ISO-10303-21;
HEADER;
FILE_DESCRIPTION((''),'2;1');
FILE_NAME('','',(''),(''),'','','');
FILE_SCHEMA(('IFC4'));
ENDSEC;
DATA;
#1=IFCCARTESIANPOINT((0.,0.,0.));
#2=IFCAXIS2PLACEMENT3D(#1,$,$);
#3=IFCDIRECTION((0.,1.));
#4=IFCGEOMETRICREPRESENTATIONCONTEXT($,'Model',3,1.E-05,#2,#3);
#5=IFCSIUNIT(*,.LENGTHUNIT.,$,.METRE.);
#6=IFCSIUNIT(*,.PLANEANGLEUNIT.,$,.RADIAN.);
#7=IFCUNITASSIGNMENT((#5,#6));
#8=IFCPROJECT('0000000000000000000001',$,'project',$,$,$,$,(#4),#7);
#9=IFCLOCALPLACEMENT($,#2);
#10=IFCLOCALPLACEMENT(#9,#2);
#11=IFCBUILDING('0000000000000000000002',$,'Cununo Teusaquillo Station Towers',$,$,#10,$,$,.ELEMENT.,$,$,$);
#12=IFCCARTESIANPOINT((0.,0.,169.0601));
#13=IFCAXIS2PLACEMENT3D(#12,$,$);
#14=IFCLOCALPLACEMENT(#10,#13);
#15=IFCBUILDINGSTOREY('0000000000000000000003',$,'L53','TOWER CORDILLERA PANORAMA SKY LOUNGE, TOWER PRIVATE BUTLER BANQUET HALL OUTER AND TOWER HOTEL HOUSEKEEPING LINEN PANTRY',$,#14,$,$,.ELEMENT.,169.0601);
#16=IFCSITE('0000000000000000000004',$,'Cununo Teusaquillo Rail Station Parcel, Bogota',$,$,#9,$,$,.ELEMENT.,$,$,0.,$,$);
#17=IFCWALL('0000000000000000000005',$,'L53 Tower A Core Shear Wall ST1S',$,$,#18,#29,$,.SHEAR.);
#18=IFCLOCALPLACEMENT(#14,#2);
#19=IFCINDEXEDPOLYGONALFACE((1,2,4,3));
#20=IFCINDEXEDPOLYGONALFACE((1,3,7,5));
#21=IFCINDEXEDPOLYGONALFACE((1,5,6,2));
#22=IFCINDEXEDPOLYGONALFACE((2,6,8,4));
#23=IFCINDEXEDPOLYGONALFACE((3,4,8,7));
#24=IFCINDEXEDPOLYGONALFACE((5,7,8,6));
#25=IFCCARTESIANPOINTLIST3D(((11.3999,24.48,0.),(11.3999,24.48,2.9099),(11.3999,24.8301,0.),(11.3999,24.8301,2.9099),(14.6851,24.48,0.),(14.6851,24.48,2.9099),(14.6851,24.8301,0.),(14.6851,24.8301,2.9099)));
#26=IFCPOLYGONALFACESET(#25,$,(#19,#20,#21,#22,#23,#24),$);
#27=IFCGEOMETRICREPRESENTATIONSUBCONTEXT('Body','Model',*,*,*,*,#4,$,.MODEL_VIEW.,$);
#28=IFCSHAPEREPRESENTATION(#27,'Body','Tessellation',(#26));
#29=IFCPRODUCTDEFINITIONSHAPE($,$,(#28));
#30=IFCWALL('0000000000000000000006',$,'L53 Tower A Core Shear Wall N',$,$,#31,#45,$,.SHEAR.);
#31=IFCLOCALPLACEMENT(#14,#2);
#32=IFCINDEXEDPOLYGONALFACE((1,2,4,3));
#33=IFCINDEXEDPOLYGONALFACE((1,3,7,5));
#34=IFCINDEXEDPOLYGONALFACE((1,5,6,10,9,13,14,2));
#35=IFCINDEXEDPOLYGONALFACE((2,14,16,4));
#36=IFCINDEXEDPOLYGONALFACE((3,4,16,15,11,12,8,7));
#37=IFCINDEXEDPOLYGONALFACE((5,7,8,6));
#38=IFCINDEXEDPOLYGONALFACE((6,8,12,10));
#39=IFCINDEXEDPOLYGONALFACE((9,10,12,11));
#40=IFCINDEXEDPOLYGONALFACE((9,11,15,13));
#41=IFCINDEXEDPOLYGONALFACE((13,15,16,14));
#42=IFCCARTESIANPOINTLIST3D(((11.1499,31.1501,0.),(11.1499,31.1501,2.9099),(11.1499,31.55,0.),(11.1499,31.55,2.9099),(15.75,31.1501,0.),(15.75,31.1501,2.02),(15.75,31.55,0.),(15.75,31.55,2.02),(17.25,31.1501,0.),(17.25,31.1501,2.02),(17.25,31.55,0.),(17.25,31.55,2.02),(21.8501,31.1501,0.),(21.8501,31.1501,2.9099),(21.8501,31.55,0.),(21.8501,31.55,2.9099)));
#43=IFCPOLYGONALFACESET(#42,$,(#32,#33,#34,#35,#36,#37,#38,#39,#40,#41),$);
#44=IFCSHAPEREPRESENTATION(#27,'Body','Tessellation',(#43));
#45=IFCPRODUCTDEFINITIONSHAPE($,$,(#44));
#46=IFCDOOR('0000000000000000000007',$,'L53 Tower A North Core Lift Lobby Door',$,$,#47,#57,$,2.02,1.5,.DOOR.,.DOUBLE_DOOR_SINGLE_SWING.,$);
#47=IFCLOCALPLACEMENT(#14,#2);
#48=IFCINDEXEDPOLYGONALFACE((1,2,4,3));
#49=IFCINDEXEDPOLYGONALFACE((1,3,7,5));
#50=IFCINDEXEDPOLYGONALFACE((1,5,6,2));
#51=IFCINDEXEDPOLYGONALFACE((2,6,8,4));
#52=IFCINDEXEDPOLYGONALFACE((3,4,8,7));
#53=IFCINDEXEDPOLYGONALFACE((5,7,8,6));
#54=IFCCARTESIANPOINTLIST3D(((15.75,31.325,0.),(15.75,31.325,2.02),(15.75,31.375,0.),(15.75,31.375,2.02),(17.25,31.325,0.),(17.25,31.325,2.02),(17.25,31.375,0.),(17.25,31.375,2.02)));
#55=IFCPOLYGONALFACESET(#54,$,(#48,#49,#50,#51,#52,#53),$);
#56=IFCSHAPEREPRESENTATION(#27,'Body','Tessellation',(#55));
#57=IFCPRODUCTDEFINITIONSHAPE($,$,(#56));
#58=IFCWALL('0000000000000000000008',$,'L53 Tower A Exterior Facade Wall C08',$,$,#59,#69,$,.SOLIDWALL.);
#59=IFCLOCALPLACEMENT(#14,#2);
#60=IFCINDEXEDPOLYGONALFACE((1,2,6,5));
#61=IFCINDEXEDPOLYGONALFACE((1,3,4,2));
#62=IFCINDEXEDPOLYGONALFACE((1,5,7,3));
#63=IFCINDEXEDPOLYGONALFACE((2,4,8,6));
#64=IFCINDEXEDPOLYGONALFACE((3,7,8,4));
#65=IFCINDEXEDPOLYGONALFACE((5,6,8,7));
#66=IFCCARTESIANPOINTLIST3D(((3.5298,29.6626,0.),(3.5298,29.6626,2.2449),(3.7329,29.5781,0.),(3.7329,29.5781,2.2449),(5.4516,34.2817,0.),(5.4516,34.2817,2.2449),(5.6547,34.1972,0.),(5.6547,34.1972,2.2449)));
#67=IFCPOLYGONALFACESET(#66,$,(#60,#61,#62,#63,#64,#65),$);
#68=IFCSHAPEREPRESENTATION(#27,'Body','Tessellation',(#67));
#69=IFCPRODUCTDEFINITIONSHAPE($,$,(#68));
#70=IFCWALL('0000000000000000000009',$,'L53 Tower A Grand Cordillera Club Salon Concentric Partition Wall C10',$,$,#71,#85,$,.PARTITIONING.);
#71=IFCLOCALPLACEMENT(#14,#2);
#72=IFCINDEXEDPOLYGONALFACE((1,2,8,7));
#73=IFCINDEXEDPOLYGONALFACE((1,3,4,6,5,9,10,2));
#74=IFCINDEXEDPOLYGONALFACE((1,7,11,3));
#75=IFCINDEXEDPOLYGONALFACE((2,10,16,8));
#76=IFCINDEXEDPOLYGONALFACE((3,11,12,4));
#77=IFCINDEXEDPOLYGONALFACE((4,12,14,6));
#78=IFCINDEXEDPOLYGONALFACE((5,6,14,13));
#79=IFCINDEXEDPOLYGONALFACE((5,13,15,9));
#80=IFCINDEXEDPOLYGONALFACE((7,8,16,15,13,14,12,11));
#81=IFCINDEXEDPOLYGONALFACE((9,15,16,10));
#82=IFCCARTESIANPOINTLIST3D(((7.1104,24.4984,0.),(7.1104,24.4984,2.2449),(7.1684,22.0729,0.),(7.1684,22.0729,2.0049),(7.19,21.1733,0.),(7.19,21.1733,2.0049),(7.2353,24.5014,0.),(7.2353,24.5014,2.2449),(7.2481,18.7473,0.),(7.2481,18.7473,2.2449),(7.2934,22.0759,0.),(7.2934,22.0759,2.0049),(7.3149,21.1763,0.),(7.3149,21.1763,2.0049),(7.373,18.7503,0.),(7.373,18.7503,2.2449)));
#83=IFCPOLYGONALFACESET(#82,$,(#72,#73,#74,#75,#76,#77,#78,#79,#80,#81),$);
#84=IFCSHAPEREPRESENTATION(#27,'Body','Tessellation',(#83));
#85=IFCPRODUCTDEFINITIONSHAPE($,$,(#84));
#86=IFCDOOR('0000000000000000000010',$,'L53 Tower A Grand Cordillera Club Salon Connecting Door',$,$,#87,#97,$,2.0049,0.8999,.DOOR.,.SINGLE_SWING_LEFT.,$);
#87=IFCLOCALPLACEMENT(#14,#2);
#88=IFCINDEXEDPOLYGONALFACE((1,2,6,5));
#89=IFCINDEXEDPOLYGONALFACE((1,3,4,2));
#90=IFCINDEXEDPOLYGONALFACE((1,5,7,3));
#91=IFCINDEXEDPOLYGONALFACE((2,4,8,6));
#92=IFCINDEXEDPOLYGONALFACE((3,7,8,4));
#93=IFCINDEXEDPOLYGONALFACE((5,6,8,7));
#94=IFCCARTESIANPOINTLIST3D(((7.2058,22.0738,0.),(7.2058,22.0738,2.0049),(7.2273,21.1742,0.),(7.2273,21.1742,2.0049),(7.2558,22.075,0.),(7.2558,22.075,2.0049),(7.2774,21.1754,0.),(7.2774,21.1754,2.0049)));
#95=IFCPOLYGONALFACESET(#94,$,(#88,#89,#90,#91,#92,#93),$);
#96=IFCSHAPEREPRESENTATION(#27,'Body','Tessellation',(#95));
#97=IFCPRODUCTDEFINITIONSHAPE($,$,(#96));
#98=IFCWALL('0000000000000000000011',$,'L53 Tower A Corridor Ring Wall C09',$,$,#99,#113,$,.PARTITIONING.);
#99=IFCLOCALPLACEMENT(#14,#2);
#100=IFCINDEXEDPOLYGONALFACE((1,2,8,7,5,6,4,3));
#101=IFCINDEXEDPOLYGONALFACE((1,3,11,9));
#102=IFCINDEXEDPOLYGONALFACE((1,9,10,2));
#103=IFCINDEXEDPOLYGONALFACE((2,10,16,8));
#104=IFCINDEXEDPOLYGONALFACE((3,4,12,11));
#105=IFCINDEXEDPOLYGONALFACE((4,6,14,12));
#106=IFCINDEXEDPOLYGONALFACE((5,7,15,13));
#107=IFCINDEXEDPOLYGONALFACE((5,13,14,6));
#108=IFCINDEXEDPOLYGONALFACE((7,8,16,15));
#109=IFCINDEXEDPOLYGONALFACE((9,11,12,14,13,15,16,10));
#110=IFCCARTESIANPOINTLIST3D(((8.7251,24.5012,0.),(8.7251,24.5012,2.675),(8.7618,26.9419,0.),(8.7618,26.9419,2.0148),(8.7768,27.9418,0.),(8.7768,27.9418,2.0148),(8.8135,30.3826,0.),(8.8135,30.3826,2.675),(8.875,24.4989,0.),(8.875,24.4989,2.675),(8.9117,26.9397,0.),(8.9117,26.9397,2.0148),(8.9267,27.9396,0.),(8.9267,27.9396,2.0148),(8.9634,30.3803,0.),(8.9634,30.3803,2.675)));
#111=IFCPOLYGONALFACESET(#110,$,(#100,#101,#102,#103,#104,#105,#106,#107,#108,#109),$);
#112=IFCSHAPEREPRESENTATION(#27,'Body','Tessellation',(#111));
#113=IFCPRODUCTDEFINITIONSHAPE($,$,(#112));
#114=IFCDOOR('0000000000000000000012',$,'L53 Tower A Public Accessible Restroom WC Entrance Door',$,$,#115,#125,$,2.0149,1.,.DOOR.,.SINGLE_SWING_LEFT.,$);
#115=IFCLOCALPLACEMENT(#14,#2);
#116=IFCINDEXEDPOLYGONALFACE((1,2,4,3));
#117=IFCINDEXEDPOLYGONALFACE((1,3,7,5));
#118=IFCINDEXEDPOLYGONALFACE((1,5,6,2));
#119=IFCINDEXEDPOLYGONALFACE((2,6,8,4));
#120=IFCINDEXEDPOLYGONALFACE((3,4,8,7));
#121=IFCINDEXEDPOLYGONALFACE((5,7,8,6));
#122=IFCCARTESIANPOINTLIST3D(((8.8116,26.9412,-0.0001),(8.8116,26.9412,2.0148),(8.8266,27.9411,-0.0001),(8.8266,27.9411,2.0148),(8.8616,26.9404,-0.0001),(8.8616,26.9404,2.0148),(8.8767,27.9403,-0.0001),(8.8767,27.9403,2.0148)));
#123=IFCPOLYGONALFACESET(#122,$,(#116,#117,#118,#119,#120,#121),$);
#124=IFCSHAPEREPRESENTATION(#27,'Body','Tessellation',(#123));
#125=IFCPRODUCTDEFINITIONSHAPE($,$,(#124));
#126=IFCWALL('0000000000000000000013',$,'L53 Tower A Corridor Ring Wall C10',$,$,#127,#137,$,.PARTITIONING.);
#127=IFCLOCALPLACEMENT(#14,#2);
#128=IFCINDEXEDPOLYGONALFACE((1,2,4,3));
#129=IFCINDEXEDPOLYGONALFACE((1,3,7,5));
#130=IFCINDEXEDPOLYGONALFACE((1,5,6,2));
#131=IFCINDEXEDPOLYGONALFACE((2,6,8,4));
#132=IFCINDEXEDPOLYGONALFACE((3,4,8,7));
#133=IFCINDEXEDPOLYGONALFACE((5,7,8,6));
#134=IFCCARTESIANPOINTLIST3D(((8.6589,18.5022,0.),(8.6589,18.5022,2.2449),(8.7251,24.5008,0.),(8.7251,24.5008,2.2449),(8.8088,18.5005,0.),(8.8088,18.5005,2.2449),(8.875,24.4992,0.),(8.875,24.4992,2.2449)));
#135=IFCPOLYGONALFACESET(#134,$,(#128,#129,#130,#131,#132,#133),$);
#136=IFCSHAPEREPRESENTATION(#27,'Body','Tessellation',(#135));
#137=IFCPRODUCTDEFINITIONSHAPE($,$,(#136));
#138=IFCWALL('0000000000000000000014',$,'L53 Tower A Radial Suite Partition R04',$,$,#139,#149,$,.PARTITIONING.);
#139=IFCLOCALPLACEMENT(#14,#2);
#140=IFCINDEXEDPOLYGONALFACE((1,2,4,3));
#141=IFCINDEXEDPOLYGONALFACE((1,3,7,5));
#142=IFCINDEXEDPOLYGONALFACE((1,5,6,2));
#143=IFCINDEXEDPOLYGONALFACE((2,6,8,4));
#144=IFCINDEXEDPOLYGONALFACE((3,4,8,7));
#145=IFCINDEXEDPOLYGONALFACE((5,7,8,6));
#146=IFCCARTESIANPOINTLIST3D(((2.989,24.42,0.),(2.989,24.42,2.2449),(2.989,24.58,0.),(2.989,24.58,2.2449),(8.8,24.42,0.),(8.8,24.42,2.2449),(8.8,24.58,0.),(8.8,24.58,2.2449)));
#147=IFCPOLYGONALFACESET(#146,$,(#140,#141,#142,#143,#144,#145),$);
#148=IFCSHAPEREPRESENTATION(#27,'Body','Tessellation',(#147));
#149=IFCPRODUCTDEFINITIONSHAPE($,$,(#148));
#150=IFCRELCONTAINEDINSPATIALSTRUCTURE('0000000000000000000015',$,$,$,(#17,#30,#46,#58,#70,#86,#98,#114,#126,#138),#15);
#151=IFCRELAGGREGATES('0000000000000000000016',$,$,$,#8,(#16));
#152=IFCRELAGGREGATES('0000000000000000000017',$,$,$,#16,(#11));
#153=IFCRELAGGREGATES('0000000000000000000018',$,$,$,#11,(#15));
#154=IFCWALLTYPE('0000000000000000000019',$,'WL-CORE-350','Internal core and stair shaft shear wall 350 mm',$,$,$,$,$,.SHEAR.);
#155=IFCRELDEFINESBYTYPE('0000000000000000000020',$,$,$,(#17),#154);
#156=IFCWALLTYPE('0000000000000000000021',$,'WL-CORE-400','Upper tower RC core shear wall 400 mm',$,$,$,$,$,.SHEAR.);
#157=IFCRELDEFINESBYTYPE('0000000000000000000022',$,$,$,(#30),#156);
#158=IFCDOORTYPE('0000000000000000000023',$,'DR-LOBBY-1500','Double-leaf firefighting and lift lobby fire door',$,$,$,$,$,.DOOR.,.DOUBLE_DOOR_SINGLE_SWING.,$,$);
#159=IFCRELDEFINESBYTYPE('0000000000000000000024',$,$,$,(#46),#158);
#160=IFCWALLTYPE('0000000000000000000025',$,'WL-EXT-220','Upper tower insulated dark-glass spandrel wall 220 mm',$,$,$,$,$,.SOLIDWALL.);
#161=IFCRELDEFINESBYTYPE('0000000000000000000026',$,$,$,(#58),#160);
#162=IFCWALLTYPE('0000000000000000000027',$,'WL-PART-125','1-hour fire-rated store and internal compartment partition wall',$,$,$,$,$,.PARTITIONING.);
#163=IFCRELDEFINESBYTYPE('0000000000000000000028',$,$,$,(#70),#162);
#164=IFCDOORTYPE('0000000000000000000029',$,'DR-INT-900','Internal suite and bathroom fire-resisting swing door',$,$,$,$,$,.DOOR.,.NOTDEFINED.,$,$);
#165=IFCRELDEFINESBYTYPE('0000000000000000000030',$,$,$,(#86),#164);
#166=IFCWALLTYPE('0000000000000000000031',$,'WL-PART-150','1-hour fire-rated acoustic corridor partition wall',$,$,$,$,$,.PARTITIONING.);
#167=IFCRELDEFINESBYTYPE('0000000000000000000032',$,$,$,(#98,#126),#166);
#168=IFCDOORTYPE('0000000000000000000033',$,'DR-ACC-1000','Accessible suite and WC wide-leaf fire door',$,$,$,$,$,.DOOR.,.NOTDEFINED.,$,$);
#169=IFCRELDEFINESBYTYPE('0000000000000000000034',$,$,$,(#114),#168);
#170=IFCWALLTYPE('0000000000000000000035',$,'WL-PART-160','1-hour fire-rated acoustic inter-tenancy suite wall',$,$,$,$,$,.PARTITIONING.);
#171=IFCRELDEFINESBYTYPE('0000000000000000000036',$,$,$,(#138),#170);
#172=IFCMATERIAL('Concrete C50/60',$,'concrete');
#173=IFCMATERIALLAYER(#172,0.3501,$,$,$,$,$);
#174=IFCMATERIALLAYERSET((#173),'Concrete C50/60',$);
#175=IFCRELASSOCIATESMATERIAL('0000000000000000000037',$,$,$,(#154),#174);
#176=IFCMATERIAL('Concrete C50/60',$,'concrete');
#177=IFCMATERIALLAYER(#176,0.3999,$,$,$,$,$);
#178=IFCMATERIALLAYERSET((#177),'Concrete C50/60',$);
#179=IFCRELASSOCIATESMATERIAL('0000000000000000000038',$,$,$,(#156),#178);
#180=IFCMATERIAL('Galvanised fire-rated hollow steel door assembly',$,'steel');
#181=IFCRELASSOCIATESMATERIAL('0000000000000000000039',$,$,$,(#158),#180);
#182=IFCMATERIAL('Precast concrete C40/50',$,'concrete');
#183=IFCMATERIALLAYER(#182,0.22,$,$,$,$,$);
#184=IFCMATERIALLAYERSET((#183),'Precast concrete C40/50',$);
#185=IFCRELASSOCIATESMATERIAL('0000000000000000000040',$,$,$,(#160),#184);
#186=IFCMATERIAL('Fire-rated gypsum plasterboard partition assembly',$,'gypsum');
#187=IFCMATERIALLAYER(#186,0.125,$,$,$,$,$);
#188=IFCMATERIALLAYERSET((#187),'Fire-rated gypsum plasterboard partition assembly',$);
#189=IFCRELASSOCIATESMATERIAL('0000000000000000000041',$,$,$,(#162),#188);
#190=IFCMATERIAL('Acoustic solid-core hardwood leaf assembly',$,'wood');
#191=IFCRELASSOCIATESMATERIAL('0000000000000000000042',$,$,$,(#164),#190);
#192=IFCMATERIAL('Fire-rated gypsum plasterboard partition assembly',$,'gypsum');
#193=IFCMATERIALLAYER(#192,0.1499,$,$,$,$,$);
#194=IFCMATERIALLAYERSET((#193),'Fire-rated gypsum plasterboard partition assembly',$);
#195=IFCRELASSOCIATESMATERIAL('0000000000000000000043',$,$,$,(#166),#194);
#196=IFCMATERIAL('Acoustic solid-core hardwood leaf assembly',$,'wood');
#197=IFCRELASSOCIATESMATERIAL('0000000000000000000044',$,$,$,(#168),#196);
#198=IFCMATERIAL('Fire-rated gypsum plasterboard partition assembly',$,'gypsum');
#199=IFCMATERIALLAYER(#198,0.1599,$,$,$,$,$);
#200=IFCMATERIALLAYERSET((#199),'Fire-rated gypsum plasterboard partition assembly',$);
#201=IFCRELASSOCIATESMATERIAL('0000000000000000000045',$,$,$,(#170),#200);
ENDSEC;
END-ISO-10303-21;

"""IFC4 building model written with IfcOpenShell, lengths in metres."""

from ifc_helpers import new_model, si_unit, direction, frame, frame_2d, origin, place, context, subcontext, project, spatial, rectangle, extrude, source, transform, mapped, material, layer, layer_set, type_object, element, fill, save


model = new_model("IFC4")

# Units and contexts
model_context = context("Model", 3, precision=1e-05, world=origin(), true_north=direction((0.0, 1.0)))
body_context = subcontext(model_context, "Body", "Model", "MODEL_VIEW")
ifc_project = project(units=[si_unit("LENGTHUNIT", "METRE"), si_unit("PLANEANGLEUNIT", "RADIAN")], contexts=[model_context])

# Site, building, storey
site_placement = place(None, origin())
site = spatial("IfcSite", under=ifc_project, at=site_placement, Name="Cununo Teusaquillo Rail Station Parcel, Bogota", CompositionType="ELEMENT", RefElevation=0.0)
building_placement = place(site_placement, origin())
building = spatial("IfcBuilding", under=site, at=building_placement, Name="Cununo Teusaquillo Station Towers", CompositionType="ELEMENT")
storey_placement = place(building_placement, frame((0.0, 0.0, 169.0601)))
storey = spatial("IfcBuildingStorey", under=building, at=storey_placement, Name="L53", Description="TOWER CORDILLERA PANORAMA SKY LOUNGE, TOWER PRIVATE BUTLER BANQUET HALL OUTER AND TOWER HOTEL HOUSEKEEPING LINEN PANTRY", CompositionType="ELEMENT", Elevation=169.0601)

# Wall
ifc_material_1 = material(Name="Concrete C50/60", Category="concrete")
ifc_layer_1 = layer(ifc_material_1, 0.3501)
ifc_layer_set_1 = layer_set([ifc_layer_1], Name="Concrete C50/60")
wall_type_1 = type_object("IfcWallType", Name="WL-CORE-350", Description="Internal core and stair shaft shear wall 350 mm", PredefinedType="SHEAR", material=ifc_layer_set_1)
wall_1_placement = place(storey_placement, frame((11.3999, 24.655, 0.0), z_axis=(0.0, 0.0, 1.0), x_axis=(1.0, 0.0, 0.0)))
element("IfcWall", 1, at=wall_1_placement, inside=storey, type_object=wall_type_1, Name="L53 Tower A Core Shear Wall ST1S", PredefinedType="SHEAR", context=body_context, shape_type="SweptSolid", body=[
    extrude(rectangle(XDim=3.2852, YDim=0.3501, at=frame_2d((1.6426, 0.0))), origin(), (0.0, 0.0, 1.0), 2.9099),
])

# Wall, opening, door
ifc_material_2 = material(Name="Concrete C50/60", Category="concrete")
ifc_layer_2 = layer(ifc_material_2, 0.3999)
ifc_layer_set_2 = layer_set([ifc_layer_2], Name="Concrete C50/60")
wall_type_2 = type_object("IfcWallType", Name="WL-CORE-400", Description="Upper tower RC core shear wall 400 mm", PredefinedType="SHEAR", material=ifc_layer_set_2)
wall_2_placement = place(storey_placement, frame((11.1499, 31.3501, 0.0), z_axis=(0.0, 0.0, 1.0), x_axis=(1.0, 0.0, 0.0)))
wall_2 = element("IfcWall", 2, at=wall_2_placement, inside=storey, type_object=wall_type_2, Name="L53 Tower A Core Shear Wall N", PredefinedType="SHEAR", context=body_context, shape_type="SweptSolid", body=[
    extrude(rectangle(XDim=10.7002, YDim=0.3999, at=frame_2d((5.3501, 0.0))), origin(), (0.0, 0.0, 1.0), 2.9099),
])
shared_shape_1 = source(origin(), body_context, "Body", "SweptSolid", [
    extrude(rectangle(XDim=1.5, YDim=2.02, at=frame_2d((0.75, 1.01))), frame((0.0, 0.21, 0.0), z_axis=(0.0, -1.0, 0.0), x_axis=(1.0, 0.0, 0.0)), (0.0, 0.0, 1.0), 0.4199),
])
opening_1_placement = place(wall_2_placement, frame((4.6001, 0.0, 0.0)))
opening_1 = element("IfcOpeningElement", 3, at=opening_1_placement, cuts=wall_2, PredefinedType="OPENING", context=body_context, shape_type="MappedRepresentation", body=[
    mapped(shared_shape_1, transform((0.0, 0.0, 0.0), x_axis=(1.0, 0.0, 0.0), y_axis=(0.0, 1.0, 0.0), z_axis=(0.0, 0.0, 1.0), scale=1.0)),
])
ifc_material_3 = material(Name="Galvanised fire-rated hollow steel door assembly", Category="steel")
door_type_1 = type_object("IfcDoorType", Name="DR-LOBBY-1500", Description="Double-leaf firefighting and lift lobby fire door", OperationType="DOUBLE_DOOR_SINGLE_SWING", PredefinedType="DOOR", material=ifc_material_3)
shared_shape_2 = source(origin(), body_context, "Body", "SweptSolid", [
    extrude(rectangle(XDim=1.5, YDim=2.02, at=frame_2d((0.75, 1.01))), frame((0.0, 0.0249, 0.0), z_axis=(0.0, -1.0, 0.0), x_axis=(1.0, 0.0, 0.0)), (0.0, 0.0, 1.0), 0.05),
])
door_1_placement = place(opening_1_placement, origin())
door_1 = element("IfcDoor", 4, at=door_1_placement, inside=storey, type_object=door_type_1, Name="L53 Tower A North Core Lift Lobby Door", OperationType="DOUBLE_DOOR_SINGLE_SWING", OverallHeight=2.02, OverallWidth=1.5, PredefinedType="DOOR", context=body_context, shape_type="MappedRepresentation", body=[
    mapped(shared_shape_2, transform((0.0, 0.0, 0.0), x_axis=(1.0, 0.0, 0.0), y_axis=(0.0, 1.0, 0.0), z_axis=(0.0, 0.0, 1.0), scale=1.0)),
])
fill(opening_1, door_1)

# Wall
ifc_material_4 = material(Name="Precast concrete C40/50", Category="concrete")
ifc_layer_3 = layer(ifc_material_4, 0.22)
ifc_layer_set_3 = layer_set([ifc_layer_3], Name="Precast concrete C40/50")
wall_type_3 = type_object("IfcWallType", Name="WL-EXT-220", Description="Upper tower insulated dark-glass spandrel wall 220 mm", PredefinedType="SOLIDWALL", material=ifc_layer_set_3)
wall_3_placement = place(storey_placement, frame((3.6313, 29.6204, 0.0), z_axis=(0.0, 0.0, 1.0), x_axis=(0.384144, 0.923273, 0.0)))
element("IfcWall", 5, at=wall_3_placement, inside=storey, type_object=wall_type_3, Name="L53 Tower A Exterior Facade Wall C08", PredefinedType="SOLIDWALL", context=body_context, shape_type="SweptSolid", body=[
    extrude(rectangle(XDim=5.0029, YDim=0.22, at=frame_2d((2.5015, 0.0))), origin(), (0.0, 0.0, 1.0), 2.2449),
])

# Walls, openings, doors
ifc_material_5 = material(Name="Fire-rated gypsum plasterboard partition assembly", Category="gypsum")
ifc_layer_4 = layer(ifc_material_5, 0.125)
ifc_layer_set_4 = layer_set([ifc_layer_4], Name="Fire-rated gypsum plasterboard partition assembly")
wall_type_4 = type_object("IfcWallType", Name="WL-PART-125", Description="1-hour fire-rated store and internal compartment partition wall", PredefinedType="PARTITIONING", material=ifc_layer_set_4)
wall_4_placement = place(storey_placement, frame((7.1729, 24.5, 0.0), z_axis=(0.0, 0.0, 1.0), x_axis=(0.023936, -0.999713, 0.0)))
wall_4 = element("IfcWall", 6, at=wall_4_placement, inside=storey, type_object=wall_type_4, Name="L53 Tower A Grand Cordillera Club Salon Concentric Partition Wall C10", PredefinedType="PARTITIONING", context=body_context, shape_type="SweptSolid", body=[
    extrude(rectangle(XDim=5.7527, YDim=0.125, at=frame_2d((2.8765, 0.0))), origin(), (0.0, 0.0, 1.0), 2.2449),
])
shared_shape_3 = source(origin(), body_context, "Body", "SweptSolid", [
    extrude(rectangle(XDim=0.8999, YDim=2.0049, at=frame_2d((0.45, 1.0024))), frame((0.0, 0.0725, 0.0), z_axis=(0.0, -1.0, 0.0), x_axis=(1.0, 0.0, 0.0)), (0.0, 0.0, 1.0), 0.145),
])
opening_2_placement = place(wall_4_placement, frame((2.4263, 0.0, 0.0)))
opening_2 = element("IfcOpeningElement", 7, at=opening_2_placement, cuts=wall_4, PredefinedType="OPENING", context=body_context, shape_type="MappedRepresentation", body=[
    mapped(shared_shape_3, transform((0.0, 0.0, 0.0), x_axis=(1.0, 0.0, 0.0), y_axis=(0.0, 1.0, 0.0), z_axis=(0.0, 0.0, 1.0), scale=1.0)),
])
ifc_material_6 = material(Name="Acoustic solid-core hardwood leaf assembly", Category="wood")
door_type_2 = type_object("IfcDoorType", Name="DR-INT-900", Description="Internal suite and bathroom fire-resisting swing door", OperationType="NOTDEFINED", PredefinedType="DOOR", material=ifc_material_6)
shared_shape_4 = source(origin(), body_context, "Body", "SweptSolid", [
    extrude(rectangle(XDim=0.8999, YDim=2.0049, at=frame_2d((0.45, 1.0024))), frame((0.0, 0.0249, 0.0), z_axis=(0.0, -1.0, 0.0), x_axis=(1.0, 0.0, 0.0)), (0.0, 0.0, 1.0), 0.05),
])
door_2_placement = place(opening_2_placement, origin())
door_2 = element("IfcDoor", 8, at=door_2_placement, inside=storey, type_object=door_type_2, Name="L53 Tower A Grand Cordillera Club Salon Connecting Door", OperationType="SINGLE_SWING_LEFT", OverallHeight=2.0049, OverallWidth=0.8999, PredefinedType="DOOR", context=body_context, shape_type="MappedRepresentation", body=[
    mapped(shared_shape_4, transform((0.0, 0.0, 0.0), x_axis=(1.0, 0.0, 0.0), y_axis=(0.0, 1.0, 0.0), z_axis=(0.0, 0.0, 1.0), scale=1.0)),
])
fill(opening_2, door_2)
ifc_material_7 = material(Name="Fire-rated gypsum plasterboard partition assembly", Category="gypsum")
ifc_layer_5 = layer(ifc_material_7, 0.1499)
ifc_layer_set_5 = layer_set([ifc_layer_5], Name="Fire-rated gypsum plasterboard partition assembly")
wall_type_5 = type_object("IfcWallType", Name="WL-PART-150", Description="1-hour fire-rated acoustic corridor partition wall", PredefinedType="PARTITIONING", material=ifc_layer_set_5)
wall_5_placement = place(storey_placement, frame((8.8884, 30.3813, 0.0), z_axis=(0.0, 0.0, 1.0), x_axis=(-0.015025, -0.999887, 0.0)))
wall_5 = element("IfcWall", 9, at=wall_5_placement, inside=storey, type_object=wall_type_5, Name="L53 Tower A Corridor Ring Wall C09", PredefinedType="PARTITIONING", context=body_context, shape_type="SweptSolid", body=[
    extrude(rectangle(XDim=5.8821, YDim=0.1499, at=frame_2d((2.9409, 0.0))), origin(), (0.0, 0.0, 1.0), 2.675),
])
shared_shape_5 = source(origin(), body_context, "Body", "SweptSolid", [
    extrude(rectangle(XDim=1.0, YDim=2.0149, at=frame_2d((0.5, 1.0073))), frame((0.0, 0.085, 0.0), z_axis=(0.0, -1.0, 0.0), x_axis=(1.0, 0.0, 0.0)), (0.0, 0.0, 1.0), 0.1699),
])
opening_3_placement = place(wall_5_placement, frame((2.4409, 0.0, 0.0)))
opening_3 = element("IfcOpeningElement", 10, at=opening_3_placement, cuts=wall_5, PredefinedType="OPENING", context=body_context, shape_type="MappedRepresentation", body=[
    mapped(shared_shape_5, transform((0.0, 0.0, 0.0), x_axis=(1.0, 0.0, 0.0), y_axis=(0.0, 1.0, 0.0), z_axis=(0.0, 0.0, 1.0), scale=1.0)),
])
ifc_material_8 = material(Name="Acoustic solid-core hardwood leaf assembly", Category="wood")
door_type_3 = type_object("IfcDoorType", Name="DR-ACC-1000", Description="Accessible suite and WC wide-leaf fire door", OperationType="NOTDEFINED", PredefinedType="DOOR", material=ifc_material_8)
shared_shape_6 = source(origin(), body_context, "Body", "SweptSolid", [
    extrude(rectangle(XDim=1.0, YDim=2.0149, at=frame_2d((0.5, 1.0073))), frame((0.0, 0.0249, 0.0), z_axis=(0.0, -1.0, 0.0), x_axis=(1.0, 0.0, 0.0)), (0.0, 0.0, 1.0), 0.05),
])
door_3_placement = place(opening_3_placement, origin())
door_3 = element("IfcDoor", 11, at=door_3_placement, inside=storey, type_object=door_type_3, Name="L53 Tower A Public Accessible Restroom WC Entrance Door", OperationType="SINGLE_SWING_LEFT", OverallHeight=2.0149, OverallWidth=1.0, PredefinedType="DOOR", context=body_context, shape_type="MappedRepresentation", body=[
    mapped(shared_shape_6, transform((0.0, 0.0, 0.0), x_axis=(1.0, 0.0, 0.0), y_axis=(0.0, 1.0, 0.0), z_axis=(0.0, 0.0, 1.0), scale=1.0)),
])
fill(opening_3, door_3)

# Walls
wall_6_placement = place(storey_placement, frame((8.8, 24.5, 0.0), z_axis=(0.0, 0.0, 1.0), x_axis=(-0.011029, -0.999939, 0.0)))
element("IfcWall", 12, at=wall_6_placement, inside=storey, type_object=wall_type_5, Name="L53 Tower A Corridor Ring Wall C10", PredefinedType="PARTITIONING", context=body_context, shape_type="SweptSolid", body=[
    extrude(rectangle(XDim=5.999, YDim=0.1499, at=frame_2d((2.9995, 0.0))), origin(), (0.0, 0.0, 1.0), 2.2449),
])
ifc_material_9 = material(Name="Fire-rated gypsum plasterboard partition assembly", Category="gypsum")
ifc_layer_6 = layer(ifc_material_9, 0.1599)
ifc_layer_set_6 = layer_set([ifc_layer_6], Name="Fire-rated gypsum plasterboard partition assembly")
wall_type_6 = type_object("IfcWallType", Name="WL-PART-160", Description="1-hour fire-rated acoustic inter-tenancy suite wall", PredefinedType="PARTITIONING", material=ifc_layer_set_6)
wall_7_placement = place(storey_placement, frame((8.8, 24.5, 0.0), z_axis=(0.0, 0.0, 1.0), x_axis=(-1.0, 0.0, 0.0)))
element("IfcWall", 13, at=wall_7_placement, inside=storey, type_object=wall_type_6, Name="L53 Tower A Radial Suite Partition R04", PredefinedType="PARTITIONING", context=body_context, shape_type="SweptSolid", body=[
    extrude(rectangle(XDim=5.811, YDim=0.1599, at=frame_2d((2.9055, 0.0))), origin(), (0.0, 0.0, 1.0), 2.2449),
])

save(model, "model.ifc")
